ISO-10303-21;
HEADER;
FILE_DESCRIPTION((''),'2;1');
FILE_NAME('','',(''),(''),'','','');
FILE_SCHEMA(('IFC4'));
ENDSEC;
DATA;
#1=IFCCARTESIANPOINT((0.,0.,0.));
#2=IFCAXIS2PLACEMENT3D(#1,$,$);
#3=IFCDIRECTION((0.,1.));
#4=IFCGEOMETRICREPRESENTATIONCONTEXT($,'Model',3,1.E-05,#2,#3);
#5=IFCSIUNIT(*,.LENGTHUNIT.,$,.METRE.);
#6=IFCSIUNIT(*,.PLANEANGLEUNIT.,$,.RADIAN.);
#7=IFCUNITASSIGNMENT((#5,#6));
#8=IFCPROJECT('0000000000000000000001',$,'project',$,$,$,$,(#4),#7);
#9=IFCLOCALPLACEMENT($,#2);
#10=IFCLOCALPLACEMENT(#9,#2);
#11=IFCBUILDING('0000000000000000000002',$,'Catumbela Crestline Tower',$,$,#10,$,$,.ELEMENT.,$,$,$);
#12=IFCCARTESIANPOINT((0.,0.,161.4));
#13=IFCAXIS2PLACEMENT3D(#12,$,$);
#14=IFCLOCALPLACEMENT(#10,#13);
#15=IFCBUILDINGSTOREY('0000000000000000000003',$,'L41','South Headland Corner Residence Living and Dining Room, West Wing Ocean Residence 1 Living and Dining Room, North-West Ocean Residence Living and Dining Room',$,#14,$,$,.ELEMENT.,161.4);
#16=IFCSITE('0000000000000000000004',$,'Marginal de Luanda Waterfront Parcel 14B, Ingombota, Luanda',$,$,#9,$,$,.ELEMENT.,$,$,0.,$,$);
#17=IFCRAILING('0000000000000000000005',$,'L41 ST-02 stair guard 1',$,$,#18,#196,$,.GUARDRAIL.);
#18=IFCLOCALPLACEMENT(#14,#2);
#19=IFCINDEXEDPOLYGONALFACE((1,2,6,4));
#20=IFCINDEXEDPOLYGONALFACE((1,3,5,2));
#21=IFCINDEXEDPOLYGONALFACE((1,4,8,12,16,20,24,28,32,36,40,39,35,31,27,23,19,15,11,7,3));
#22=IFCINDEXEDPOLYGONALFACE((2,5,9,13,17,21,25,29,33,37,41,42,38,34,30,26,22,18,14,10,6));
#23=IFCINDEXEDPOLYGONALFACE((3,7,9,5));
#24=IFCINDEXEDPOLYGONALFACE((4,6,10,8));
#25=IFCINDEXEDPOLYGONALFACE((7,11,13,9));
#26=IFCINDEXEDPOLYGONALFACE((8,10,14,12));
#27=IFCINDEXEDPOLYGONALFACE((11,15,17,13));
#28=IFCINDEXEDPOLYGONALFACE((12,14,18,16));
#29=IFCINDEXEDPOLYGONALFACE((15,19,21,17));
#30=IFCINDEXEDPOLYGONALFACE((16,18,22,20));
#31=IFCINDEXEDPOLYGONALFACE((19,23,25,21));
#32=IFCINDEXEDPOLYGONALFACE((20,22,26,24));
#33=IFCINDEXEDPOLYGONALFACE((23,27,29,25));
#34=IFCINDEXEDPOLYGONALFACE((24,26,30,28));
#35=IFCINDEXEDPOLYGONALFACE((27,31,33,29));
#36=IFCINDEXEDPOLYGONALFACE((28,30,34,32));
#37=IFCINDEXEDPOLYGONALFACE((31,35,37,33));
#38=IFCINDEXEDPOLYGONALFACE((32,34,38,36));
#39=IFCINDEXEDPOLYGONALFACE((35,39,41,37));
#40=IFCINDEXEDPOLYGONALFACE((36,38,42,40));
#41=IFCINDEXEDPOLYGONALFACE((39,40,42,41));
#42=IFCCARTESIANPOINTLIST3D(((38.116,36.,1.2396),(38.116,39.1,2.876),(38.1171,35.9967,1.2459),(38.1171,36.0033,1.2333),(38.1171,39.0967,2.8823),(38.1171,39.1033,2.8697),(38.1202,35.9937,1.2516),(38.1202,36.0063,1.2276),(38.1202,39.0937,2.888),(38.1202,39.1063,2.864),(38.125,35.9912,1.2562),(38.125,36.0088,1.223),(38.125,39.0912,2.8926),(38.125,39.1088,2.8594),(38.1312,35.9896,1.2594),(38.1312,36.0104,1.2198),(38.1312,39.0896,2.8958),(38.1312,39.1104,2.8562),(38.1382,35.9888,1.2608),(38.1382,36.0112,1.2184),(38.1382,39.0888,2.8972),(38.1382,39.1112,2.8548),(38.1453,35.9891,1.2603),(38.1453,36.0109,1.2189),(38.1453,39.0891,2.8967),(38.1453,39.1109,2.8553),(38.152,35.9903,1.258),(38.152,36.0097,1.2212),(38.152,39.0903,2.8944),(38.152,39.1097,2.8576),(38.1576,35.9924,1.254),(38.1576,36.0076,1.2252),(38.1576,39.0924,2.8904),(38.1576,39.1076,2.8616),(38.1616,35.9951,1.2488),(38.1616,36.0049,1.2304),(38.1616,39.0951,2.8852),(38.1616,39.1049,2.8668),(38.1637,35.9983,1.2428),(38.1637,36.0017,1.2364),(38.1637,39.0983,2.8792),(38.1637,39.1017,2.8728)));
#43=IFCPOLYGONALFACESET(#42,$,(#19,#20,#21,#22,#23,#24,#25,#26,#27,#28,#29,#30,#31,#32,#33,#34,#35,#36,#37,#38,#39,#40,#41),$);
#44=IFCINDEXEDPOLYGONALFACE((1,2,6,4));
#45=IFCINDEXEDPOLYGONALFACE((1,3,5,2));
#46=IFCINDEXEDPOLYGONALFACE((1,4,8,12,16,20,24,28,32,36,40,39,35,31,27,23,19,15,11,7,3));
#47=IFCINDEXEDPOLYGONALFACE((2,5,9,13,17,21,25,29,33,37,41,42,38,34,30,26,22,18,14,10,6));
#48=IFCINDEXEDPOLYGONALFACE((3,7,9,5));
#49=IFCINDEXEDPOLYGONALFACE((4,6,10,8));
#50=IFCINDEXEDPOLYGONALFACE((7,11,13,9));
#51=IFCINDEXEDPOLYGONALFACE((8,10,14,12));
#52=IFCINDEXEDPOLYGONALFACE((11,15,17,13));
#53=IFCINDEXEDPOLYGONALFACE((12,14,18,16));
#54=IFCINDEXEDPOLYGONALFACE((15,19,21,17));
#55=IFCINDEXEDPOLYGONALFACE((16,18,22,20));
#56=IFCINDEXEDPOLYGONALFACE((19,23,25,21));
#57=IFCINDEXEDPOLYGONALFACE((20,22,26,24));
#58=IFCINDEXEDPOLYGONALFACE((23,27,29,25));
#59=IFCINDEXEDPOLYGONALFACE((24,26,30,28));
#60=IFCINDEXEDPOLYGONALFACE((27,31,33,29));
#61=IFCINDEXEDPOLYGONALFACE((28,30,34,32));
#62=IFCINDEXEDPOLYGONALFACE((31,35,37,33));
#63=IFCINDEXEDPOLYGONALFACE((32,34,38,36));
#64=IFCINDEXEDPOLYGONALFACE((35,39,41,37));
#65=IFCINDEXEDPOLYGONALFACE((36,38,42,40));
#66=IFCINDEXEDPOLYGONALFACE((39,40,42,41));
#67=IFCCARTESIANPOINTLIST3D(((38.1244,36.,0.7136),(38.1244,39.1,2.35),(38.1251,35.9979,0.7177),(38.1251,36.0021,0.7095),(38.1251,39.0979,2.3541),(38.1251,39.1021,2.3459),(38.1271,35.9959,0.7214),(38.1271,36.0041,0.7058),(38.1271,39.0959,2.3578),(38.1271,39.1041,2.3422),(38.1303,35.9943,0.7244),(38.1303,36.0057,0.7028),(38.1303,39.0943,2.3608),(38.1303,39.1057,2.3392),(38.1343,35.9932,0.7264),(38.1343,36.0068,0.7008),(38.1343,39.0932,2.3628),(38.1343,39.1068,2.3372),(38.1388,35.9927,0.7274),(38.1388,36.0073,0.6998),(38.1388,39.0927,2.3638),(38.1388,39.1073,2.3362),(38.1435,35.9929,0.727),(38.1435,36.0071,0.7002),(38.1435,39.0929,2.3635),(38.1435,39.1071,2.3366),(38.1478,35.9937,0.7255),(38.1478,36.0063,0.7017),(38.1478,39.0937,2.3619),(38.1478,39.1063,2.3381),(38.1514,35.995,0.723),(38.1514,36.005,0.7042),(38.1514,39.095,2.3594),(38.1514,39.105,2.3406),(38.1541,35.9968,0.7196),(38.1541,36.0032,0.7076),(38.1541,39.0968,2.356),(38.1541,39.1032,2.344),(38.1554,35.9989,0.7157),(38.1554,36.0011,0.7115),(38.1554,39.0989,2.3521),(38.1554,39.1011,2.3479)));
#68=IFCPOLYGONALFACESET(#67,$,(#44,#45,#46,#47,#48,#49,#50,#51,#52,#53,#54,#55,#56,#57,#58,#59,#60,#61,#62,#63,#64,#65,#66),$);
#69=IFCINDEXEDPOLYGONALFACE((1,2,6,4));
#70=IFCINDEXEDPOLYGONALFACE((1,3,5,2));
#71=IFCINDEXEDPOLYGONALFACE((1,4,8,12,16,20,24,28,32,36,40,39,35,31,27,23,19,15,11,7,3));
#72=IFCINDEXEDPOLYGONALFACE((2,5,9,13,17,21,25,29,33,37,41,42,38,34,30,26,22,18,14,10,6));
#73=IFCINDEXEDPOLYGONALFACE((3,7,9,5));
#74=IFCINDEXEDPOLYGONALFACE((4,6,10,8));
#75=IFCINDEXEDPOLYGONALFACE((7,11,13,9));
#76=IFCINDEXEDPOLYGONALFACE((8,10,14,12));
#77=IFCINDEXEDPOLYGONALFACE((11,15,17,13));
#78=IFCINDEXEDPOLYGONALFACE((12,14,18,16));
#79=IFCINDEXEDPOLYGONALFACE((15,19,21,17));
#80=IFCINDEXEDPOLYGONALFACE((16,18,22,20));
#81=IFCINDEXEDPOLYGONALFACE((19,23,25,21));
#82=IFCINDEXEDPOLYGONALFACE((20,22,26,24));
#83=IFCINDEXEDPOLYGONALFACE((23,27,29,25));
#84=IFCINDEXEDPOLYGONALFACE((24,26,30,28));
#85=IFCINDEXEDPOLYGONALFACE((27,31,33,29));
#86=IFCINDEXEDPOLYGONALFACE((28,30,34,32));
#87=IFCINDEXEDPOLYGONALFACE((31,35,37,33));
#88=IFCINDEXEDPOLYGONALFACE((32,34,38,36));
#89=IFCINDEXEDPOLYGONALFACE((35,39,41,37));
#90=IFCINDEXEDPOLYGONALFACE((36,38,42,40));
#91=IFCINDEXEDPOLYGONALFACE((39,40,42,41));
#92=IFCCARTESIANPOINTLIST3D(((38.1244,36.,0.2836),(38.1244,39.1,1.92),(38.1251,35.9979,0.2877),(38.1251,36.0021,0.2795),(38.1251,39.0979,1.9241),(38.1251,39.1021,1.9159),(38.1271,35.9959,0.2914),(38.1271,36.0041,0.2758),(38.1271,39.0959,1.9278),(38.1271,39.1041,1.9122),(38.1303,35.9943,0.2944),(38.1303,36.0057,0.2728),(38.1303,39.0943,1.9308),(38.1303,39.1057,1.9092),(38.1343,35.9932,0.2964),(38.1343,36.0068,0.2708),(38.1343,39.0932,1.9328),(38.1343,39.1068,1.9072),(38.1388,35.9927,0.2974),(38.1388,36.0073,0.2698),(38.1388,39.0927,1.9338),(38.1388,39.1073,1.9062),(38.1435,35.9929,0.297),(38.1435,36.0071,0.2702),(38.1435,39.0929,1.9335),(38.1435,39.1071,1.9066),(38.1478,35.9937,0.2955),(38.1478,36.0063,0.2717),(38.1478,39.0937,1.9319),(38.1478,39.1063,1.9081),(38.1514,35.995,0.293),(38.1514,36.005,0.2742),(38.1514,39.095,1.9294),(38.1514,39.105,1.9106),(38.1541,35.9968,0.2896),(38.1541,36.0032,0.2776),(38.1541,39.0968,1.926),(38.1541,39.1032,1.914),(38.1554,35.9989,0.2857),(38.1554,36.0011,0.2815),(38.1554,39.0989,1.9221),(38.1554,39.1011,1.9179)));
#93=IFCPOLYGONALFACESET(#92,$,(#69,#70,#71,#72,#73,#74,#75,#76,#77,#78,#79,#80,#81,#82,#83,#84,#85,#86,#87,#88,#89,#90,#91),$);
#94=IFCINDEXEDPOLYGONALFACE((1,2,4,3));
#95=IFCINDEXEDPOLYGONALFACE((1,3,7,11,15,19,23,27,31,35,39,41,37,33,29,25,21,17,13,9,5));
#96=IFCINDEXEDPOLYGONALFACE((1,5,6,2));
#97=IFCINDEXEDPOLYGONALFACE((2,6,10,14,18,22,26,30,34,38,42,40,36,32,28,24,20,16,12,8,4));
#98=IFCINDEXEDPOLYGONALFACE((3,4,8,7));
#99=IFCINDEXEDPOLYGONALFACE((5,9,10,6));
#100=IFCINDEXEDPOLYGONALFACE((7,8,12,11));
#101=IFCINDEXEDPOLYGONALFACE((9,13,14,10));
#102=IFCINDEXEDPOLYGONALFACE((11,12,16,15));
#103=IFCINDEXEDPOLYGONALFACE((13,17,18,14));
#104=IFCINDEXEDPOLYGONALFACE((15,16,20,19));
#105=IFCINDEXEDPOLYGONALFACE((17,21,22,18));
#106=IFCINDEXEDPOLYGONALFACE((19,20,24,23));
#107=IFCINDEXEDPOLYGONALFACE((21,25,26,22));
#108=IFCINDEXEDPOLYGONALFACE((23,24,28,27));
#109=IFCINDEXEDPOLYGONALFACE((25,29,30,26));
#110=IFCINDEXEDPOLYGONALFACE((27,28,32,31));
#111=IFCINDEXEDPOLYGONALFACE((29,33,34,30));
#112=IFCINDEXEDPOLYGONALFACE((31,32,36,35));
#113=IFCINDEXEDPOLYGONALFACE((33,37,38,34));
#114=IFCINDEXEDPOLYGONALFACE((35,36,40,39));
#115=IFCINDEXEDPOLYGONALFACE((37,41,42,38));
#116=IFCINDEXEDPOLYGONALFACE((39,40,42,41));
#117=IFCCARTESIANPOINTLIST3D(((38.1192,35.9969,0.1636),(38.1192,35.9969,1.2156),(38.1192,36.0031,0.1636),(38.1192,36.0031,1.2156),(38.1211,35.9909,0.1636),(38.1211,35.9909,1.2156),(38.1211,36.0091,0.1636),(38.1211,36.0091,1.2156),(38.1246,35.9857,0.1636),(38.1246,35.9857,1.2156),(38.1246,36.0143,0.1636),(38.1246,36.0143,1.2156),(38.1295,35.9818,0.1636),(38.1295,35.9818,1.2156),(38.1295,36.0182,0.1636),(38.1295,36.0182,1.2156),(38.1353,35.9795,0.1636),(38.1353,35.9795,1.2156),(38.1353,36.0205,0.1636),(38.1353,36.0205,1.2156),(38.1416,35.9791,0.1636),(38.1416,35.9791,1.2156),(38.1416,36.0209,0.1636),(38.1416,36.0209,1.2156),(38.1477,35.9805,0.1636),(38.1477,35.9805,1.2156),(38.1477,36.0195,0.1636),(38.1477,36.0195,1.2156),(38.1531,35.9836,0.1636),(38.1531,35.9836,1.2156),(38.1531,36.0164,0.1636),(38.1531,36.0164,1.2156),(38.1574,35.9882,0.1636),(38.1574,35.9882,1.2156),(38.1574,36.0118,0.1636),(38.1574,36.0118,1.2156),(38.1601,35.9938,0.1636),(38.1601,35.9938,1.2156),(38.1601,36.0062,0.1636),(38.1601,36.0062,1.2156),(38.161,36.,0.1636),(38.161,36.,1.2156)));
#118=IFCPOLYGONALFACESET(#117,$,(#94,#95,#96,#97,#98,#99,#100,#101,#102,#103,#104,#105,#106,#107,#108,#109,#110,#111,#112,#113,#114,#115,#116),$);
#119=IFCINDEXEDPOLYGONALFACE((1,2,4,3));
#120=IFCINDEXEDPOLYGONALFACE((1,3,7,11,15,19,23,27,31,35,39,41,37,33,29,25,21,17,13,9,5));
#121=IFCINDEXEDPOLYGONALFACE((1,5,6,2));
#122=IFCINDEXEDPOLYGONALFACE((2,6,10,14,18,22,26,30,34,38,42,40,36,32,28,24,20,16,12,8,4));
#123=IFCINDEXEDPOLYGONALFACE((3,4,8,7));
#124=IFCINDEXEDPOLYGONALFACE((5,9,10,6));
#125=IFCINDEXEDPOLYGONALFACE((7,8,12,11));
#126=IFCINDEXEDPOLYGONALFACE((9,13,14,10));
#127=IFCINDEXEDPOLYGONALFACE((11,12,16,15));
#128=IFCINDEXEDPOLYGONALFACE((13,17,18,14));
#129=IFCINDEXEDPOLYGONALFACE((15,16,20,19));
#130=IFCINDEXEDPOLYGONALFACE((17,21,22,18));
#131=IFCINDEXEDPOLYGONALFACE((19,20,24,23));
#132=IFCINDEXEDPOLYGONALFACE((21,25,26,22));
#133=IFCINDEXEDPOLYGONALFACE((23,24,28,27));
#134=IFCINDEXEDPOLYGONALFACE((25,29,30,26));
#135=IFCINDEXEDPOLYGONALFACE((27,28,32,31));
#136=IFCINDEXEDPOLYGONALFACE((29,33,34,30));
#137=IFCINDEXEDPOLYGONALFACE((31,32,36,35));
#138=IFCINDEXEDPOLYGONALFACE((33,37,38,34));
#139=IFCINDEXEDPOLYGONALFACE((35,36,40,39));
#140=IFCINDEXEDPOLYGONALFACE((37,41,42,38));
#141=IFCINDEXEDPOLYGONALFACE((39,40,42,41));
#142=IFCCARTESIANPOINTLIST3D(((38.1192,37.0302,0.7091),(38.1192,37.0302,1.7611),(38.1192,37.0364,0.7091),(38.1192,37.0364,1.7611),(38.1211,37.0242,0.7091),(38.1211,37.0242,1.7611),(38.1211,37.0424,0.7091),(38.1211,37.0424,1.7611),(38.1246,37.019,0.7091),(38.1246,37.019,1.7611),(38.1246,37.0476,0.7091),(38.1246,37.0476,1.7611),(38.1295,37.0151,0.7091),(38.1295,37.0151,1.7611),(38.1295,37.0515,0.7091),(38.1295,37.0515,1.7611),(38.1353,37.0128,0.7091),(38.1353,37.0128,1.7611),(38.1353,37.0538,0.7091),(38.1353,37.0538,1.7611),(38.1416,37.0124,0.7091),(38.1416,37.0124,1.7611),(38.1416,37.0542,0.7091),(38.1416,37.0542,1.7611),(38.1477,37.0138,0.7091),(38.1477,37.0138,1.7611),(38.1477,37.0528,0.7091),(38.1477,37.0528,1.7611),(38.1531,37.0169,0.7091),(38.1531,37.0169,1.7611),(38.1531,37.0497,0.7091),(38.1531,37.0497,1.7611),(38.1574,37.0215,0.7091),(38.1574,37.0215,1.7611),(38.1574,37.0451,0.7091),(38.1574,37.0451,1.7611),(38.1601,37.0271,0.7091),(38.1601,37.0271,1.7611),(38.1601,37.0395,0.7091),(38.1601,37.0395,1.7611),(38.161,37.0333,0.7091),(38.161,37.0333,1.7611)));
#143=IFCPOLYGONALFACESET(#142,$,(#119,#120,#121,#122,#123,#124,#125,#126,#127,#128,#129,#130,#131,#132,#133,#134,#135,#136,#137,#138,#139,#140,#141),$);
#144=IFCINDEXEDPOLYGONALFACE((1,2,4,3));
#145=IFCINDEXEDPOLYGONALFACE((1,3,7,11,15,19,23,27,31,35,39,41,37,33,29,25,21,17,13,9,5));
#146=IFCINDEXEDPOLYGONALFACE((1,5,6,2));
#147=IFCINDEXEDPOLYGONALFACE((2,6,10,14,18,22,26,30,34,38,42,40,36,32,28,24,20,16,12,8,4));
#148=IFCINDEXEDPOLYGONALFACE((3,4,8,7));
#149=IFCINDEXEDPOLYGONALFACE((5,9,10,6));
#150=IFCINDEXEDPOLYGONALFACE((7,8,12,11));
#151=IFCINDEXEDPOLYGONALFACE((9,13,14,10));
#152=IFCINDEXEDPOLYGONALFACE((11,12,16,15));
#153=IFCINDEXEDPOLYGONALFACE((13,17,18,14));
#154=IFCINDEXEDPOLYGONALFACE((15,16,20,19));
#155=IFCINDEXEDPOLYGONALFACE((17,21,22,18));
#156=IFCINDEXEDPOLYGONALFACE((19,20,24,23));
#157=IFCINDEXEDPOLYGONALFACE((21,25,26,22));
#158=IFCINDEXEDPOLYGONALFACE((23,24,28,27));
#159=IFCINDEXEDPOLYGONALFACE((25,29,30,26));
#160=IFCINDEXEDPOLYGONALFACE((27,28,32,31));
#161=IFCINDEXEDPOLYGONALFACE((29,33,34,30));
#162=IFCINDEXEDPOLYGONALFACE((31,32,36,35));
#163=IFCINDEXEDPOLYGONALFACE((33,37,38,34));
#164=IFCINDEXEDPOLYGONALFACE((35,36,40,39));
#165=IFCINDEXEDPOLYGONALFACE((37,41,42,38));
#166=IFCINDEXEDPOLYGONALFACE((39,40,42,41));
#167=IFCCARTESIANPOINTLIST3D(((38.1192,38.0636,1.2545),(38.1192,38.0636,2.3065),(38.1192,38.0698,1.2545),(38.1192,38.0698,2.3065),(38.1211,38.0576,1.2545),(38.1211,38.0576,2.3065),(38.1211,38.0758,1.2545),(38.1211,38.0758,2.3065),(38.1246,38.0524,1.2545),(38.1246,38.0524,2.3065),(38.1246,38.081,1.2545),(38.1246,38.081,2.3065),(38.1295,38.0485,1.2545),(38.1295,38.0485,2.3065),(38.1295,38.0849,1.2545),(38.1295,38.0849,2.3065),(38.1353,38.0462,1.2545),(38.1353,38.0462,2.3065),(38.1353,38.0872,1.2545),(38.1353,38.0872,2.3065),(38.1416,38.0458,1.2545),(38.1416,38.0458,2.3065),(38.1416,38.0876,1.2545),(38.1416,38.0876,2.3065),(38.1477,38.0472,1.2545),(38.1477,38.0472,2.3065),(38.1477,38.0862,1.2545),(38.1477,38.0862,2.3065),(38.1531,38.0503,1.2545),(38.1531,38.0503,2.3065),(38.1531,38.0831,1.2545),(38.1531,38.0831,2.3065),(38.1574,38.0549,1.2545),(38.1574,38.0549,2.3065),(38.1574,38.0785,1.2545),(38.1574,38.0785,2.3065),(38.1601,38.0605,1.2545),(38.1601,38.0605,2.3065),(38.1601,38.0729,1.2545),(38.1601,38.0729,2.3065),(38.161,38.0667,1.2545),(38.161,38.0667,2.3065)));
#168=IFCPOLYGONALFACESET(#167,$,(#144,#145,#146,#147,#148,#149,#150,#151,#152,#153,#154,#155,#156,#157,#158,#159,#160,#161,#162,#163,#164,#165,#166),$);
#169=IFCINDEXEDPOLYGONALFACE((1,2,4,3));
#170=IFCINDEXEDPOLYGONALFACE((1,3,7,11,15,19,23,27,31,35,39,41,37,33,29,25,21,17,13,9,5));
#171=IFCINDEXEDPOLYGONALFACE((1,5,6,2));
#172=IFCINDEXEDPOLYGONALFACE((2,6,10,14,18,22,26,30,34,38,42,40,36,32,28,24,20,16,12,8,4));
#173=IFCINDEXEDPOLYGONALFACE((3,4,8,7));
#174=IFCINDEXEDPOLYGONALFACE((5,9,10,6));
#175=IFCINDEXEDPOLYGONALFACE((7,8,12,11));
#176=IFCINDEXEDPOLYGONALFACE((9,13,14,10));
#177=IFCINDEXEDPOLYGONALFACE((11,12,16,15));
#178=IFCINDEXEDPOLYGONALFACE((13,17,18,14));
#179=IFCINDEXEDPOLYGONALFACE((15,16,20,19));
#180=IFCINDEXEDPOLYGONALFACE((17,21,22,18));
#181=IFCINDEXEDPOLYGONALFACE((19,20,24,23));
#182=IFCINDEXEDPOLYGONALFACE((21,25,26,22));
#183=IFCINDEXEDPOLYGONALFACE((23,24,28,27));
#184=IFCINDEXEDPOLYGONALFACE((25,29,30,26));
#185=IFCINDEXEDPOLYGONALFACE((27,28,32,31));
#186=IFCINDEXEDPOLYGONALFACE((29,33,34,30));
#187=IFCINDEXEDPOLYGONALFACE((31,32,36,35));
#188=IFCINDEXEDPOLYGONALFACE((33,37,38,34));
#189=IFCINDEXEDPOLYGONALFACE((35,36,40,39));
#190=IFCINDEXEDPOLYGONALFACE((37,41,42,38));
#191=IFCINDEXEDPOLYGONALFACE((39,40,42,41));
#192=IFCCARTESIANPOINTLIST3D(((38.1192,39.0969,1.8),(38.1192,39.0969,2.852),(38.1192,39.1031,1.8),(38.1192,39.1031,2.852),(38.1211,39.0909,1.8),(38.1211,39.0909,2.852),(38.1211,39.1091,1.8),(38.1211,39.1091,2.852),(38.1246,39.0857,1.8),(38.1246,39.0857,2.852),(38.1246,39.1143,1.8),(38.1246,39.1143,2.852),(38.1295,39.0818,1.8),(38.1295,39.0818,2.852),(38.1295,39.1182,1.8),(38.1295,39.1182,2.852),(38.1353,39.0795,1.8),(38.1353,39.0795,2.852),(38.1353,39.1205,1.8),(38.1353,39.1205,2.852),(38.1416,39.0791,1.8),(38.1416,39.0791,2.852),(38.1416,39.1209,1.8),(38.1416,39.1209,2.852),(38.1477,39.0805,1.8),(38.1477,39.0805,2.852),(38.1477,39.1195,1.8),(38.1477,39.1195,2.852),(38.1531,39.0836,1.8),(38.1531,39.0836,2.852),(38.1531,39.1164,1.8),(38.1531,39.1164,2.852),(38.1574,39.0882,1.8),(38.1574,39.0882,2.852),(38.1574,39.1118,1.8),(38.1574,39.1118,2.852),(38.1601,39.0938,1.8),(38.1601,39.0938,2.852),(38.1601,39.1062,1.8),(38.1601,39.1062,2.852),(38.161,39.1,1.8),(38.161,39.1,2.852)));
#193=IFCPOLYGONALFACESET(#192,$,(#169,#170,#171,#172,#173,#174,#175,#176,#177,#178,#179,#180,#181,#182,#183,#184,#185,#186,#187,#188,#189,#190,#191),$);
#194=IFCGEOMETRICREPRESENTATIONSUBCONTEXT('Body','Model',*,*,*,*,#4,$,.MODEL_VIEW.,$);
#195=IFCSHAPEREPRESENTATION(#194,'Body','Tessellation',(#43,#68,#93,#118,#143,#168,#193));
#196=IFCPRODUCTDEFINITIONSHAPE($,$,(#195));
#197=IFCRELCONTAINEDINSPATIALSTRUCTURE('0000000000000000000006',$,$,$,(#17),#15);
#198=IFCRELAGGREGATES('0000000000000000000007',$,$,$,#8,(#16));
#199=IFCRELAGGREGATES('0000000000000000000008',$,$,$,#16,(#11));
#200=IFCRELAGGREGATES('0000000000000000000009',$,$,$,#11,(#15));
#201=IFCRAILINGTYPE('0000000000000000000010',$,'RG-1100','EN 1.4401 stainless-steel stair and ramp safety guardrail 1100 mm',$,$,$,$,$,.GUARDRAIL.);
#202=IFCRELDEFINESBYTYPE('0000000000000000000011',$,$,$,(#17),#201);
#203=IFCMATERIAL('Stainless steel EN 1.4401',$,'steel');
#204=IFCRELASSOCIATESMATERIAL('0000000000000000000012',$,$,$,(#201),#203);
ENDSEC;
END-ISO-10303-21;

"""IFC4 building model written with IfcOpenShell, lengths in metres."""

from ifc_helpers import new_model, si_unit, direction, frame, origin, origin_2d, place, context, subcontext, project, spatial, circle, extrude, material, type_object, element, save


model = new_model("IFC4")

# Units and contexts
model_context = context("Model", 3, precision=1e-05, world=origin(), true_north=direction((0.0, 1.0)))
body_context = subcontext(model_context, "Body", "Model", "MODEL_VIEW")
ifc_project = project(units=[si_unit("LENGTHUNIT", "METRE"), si_unit("PLANEANGLEUNIT", "RADIAN")], contexts=[model_context])

# Site, building, storey
site_placement = place(None, origin())
site = spatial("IfcSite", under=ifc_project, at=site_placement, Name="Marginal de Luanda Waterfront Parcel 14B, Ingombota, Luanda", CompositionType="ELEMENT", RefElevation=0.0)
building_placement = place(site_placement, origin())
building = spatial("IfcBuilding", under=site, at=building_placement, Name="Catumbela Crestline Tower", CompositionType="ELEMENT")
storey_placement = place(building_placement, frame((0.0, 0.0, 161.4)))
storey = spatial("IfcBuildingStorey", under=building, at=storey_placement, Name="L41", Description="South Headland Corner Residence Living and Dining Room, West Wing Ocean Residence 1 Living and Dining Room, North-West Ocean Residence Living and Dining Room", CompositionType="ELEMENT", Elevation=161.4)

# Shared definitions
ifc_material_1 = material(Name="Stainless steel EN 1.4401", Category="steel")

# Railing
railing_type_1 = type_object("IfcRailingType", Name="RG-1100", Description="EN 1.4401 stainless-steel stair and ramp safety guardrail 1100 mm", PredefinedType="GUARDRAIL", material=ifc_material_1)
railing_1_placement = place(storey_placement, frame((38.14, 36.0, 0.1636)))
element("IfcRailing", 1, at=railing_1_placement, inside=storey, type_object=railing_type_1, Name="L41 ST-02 stair guard 1", PredefinedType="GUARDRAIL", context=body_context, shape_type="SweptSolid", body=[
    extrude(circle(Radius=0.024, at=origin_2d()), frame((0.0, 0.0, 1.076), z_axis=(0.0, 0.884351, 0.466823), x_axis=(-1.0, 0.0, 0.0)), (0.0, 0.0, 1.0), 3.5054),
    extrude(circle(Radius=0.0156, at=origin_2d()), frame((0.0, 0.0, 0.55), z_axis=(0.0, 0.884351, 0.466823), x_axis=(-1.0, 0.0, 0.0)), (0.0, 0.0, 1.0), 3.5054),
    extrude(circle(Radius=0.0156, at=origin_2d()), frame((0.0, 0.0, 0.12), z_axis=(0.0, 0.884351, 0.466823), x_axis=(-1.0, 0.0, 0.0)), (0.0, 0.0, 1.0), 3.5054),
    extrude(circle(Radius=0.021, at=origin_2d()), origin(), (0.0, 0.0, 1.0), 1.052),
    extrude(circle(Radius=0.021, at=origin_2d()), frame((0.0, 1.0333, 0.5455)), (0.0, 0.0, 1.0), 1.052),
    extrude(circle(Radius=0.021, at=origin_2d()), frame((0.0, 2.0667, 1.0909)), (0.0, 0.0, 1.0), 1.052),
    extrude(circle(Radius=0.021, at=origin_2d()), frame((0.0, 3.1, 1.6364)), (0.0, 0.0, 1.0), 1.052),
])

save(model, "model.ifc")
